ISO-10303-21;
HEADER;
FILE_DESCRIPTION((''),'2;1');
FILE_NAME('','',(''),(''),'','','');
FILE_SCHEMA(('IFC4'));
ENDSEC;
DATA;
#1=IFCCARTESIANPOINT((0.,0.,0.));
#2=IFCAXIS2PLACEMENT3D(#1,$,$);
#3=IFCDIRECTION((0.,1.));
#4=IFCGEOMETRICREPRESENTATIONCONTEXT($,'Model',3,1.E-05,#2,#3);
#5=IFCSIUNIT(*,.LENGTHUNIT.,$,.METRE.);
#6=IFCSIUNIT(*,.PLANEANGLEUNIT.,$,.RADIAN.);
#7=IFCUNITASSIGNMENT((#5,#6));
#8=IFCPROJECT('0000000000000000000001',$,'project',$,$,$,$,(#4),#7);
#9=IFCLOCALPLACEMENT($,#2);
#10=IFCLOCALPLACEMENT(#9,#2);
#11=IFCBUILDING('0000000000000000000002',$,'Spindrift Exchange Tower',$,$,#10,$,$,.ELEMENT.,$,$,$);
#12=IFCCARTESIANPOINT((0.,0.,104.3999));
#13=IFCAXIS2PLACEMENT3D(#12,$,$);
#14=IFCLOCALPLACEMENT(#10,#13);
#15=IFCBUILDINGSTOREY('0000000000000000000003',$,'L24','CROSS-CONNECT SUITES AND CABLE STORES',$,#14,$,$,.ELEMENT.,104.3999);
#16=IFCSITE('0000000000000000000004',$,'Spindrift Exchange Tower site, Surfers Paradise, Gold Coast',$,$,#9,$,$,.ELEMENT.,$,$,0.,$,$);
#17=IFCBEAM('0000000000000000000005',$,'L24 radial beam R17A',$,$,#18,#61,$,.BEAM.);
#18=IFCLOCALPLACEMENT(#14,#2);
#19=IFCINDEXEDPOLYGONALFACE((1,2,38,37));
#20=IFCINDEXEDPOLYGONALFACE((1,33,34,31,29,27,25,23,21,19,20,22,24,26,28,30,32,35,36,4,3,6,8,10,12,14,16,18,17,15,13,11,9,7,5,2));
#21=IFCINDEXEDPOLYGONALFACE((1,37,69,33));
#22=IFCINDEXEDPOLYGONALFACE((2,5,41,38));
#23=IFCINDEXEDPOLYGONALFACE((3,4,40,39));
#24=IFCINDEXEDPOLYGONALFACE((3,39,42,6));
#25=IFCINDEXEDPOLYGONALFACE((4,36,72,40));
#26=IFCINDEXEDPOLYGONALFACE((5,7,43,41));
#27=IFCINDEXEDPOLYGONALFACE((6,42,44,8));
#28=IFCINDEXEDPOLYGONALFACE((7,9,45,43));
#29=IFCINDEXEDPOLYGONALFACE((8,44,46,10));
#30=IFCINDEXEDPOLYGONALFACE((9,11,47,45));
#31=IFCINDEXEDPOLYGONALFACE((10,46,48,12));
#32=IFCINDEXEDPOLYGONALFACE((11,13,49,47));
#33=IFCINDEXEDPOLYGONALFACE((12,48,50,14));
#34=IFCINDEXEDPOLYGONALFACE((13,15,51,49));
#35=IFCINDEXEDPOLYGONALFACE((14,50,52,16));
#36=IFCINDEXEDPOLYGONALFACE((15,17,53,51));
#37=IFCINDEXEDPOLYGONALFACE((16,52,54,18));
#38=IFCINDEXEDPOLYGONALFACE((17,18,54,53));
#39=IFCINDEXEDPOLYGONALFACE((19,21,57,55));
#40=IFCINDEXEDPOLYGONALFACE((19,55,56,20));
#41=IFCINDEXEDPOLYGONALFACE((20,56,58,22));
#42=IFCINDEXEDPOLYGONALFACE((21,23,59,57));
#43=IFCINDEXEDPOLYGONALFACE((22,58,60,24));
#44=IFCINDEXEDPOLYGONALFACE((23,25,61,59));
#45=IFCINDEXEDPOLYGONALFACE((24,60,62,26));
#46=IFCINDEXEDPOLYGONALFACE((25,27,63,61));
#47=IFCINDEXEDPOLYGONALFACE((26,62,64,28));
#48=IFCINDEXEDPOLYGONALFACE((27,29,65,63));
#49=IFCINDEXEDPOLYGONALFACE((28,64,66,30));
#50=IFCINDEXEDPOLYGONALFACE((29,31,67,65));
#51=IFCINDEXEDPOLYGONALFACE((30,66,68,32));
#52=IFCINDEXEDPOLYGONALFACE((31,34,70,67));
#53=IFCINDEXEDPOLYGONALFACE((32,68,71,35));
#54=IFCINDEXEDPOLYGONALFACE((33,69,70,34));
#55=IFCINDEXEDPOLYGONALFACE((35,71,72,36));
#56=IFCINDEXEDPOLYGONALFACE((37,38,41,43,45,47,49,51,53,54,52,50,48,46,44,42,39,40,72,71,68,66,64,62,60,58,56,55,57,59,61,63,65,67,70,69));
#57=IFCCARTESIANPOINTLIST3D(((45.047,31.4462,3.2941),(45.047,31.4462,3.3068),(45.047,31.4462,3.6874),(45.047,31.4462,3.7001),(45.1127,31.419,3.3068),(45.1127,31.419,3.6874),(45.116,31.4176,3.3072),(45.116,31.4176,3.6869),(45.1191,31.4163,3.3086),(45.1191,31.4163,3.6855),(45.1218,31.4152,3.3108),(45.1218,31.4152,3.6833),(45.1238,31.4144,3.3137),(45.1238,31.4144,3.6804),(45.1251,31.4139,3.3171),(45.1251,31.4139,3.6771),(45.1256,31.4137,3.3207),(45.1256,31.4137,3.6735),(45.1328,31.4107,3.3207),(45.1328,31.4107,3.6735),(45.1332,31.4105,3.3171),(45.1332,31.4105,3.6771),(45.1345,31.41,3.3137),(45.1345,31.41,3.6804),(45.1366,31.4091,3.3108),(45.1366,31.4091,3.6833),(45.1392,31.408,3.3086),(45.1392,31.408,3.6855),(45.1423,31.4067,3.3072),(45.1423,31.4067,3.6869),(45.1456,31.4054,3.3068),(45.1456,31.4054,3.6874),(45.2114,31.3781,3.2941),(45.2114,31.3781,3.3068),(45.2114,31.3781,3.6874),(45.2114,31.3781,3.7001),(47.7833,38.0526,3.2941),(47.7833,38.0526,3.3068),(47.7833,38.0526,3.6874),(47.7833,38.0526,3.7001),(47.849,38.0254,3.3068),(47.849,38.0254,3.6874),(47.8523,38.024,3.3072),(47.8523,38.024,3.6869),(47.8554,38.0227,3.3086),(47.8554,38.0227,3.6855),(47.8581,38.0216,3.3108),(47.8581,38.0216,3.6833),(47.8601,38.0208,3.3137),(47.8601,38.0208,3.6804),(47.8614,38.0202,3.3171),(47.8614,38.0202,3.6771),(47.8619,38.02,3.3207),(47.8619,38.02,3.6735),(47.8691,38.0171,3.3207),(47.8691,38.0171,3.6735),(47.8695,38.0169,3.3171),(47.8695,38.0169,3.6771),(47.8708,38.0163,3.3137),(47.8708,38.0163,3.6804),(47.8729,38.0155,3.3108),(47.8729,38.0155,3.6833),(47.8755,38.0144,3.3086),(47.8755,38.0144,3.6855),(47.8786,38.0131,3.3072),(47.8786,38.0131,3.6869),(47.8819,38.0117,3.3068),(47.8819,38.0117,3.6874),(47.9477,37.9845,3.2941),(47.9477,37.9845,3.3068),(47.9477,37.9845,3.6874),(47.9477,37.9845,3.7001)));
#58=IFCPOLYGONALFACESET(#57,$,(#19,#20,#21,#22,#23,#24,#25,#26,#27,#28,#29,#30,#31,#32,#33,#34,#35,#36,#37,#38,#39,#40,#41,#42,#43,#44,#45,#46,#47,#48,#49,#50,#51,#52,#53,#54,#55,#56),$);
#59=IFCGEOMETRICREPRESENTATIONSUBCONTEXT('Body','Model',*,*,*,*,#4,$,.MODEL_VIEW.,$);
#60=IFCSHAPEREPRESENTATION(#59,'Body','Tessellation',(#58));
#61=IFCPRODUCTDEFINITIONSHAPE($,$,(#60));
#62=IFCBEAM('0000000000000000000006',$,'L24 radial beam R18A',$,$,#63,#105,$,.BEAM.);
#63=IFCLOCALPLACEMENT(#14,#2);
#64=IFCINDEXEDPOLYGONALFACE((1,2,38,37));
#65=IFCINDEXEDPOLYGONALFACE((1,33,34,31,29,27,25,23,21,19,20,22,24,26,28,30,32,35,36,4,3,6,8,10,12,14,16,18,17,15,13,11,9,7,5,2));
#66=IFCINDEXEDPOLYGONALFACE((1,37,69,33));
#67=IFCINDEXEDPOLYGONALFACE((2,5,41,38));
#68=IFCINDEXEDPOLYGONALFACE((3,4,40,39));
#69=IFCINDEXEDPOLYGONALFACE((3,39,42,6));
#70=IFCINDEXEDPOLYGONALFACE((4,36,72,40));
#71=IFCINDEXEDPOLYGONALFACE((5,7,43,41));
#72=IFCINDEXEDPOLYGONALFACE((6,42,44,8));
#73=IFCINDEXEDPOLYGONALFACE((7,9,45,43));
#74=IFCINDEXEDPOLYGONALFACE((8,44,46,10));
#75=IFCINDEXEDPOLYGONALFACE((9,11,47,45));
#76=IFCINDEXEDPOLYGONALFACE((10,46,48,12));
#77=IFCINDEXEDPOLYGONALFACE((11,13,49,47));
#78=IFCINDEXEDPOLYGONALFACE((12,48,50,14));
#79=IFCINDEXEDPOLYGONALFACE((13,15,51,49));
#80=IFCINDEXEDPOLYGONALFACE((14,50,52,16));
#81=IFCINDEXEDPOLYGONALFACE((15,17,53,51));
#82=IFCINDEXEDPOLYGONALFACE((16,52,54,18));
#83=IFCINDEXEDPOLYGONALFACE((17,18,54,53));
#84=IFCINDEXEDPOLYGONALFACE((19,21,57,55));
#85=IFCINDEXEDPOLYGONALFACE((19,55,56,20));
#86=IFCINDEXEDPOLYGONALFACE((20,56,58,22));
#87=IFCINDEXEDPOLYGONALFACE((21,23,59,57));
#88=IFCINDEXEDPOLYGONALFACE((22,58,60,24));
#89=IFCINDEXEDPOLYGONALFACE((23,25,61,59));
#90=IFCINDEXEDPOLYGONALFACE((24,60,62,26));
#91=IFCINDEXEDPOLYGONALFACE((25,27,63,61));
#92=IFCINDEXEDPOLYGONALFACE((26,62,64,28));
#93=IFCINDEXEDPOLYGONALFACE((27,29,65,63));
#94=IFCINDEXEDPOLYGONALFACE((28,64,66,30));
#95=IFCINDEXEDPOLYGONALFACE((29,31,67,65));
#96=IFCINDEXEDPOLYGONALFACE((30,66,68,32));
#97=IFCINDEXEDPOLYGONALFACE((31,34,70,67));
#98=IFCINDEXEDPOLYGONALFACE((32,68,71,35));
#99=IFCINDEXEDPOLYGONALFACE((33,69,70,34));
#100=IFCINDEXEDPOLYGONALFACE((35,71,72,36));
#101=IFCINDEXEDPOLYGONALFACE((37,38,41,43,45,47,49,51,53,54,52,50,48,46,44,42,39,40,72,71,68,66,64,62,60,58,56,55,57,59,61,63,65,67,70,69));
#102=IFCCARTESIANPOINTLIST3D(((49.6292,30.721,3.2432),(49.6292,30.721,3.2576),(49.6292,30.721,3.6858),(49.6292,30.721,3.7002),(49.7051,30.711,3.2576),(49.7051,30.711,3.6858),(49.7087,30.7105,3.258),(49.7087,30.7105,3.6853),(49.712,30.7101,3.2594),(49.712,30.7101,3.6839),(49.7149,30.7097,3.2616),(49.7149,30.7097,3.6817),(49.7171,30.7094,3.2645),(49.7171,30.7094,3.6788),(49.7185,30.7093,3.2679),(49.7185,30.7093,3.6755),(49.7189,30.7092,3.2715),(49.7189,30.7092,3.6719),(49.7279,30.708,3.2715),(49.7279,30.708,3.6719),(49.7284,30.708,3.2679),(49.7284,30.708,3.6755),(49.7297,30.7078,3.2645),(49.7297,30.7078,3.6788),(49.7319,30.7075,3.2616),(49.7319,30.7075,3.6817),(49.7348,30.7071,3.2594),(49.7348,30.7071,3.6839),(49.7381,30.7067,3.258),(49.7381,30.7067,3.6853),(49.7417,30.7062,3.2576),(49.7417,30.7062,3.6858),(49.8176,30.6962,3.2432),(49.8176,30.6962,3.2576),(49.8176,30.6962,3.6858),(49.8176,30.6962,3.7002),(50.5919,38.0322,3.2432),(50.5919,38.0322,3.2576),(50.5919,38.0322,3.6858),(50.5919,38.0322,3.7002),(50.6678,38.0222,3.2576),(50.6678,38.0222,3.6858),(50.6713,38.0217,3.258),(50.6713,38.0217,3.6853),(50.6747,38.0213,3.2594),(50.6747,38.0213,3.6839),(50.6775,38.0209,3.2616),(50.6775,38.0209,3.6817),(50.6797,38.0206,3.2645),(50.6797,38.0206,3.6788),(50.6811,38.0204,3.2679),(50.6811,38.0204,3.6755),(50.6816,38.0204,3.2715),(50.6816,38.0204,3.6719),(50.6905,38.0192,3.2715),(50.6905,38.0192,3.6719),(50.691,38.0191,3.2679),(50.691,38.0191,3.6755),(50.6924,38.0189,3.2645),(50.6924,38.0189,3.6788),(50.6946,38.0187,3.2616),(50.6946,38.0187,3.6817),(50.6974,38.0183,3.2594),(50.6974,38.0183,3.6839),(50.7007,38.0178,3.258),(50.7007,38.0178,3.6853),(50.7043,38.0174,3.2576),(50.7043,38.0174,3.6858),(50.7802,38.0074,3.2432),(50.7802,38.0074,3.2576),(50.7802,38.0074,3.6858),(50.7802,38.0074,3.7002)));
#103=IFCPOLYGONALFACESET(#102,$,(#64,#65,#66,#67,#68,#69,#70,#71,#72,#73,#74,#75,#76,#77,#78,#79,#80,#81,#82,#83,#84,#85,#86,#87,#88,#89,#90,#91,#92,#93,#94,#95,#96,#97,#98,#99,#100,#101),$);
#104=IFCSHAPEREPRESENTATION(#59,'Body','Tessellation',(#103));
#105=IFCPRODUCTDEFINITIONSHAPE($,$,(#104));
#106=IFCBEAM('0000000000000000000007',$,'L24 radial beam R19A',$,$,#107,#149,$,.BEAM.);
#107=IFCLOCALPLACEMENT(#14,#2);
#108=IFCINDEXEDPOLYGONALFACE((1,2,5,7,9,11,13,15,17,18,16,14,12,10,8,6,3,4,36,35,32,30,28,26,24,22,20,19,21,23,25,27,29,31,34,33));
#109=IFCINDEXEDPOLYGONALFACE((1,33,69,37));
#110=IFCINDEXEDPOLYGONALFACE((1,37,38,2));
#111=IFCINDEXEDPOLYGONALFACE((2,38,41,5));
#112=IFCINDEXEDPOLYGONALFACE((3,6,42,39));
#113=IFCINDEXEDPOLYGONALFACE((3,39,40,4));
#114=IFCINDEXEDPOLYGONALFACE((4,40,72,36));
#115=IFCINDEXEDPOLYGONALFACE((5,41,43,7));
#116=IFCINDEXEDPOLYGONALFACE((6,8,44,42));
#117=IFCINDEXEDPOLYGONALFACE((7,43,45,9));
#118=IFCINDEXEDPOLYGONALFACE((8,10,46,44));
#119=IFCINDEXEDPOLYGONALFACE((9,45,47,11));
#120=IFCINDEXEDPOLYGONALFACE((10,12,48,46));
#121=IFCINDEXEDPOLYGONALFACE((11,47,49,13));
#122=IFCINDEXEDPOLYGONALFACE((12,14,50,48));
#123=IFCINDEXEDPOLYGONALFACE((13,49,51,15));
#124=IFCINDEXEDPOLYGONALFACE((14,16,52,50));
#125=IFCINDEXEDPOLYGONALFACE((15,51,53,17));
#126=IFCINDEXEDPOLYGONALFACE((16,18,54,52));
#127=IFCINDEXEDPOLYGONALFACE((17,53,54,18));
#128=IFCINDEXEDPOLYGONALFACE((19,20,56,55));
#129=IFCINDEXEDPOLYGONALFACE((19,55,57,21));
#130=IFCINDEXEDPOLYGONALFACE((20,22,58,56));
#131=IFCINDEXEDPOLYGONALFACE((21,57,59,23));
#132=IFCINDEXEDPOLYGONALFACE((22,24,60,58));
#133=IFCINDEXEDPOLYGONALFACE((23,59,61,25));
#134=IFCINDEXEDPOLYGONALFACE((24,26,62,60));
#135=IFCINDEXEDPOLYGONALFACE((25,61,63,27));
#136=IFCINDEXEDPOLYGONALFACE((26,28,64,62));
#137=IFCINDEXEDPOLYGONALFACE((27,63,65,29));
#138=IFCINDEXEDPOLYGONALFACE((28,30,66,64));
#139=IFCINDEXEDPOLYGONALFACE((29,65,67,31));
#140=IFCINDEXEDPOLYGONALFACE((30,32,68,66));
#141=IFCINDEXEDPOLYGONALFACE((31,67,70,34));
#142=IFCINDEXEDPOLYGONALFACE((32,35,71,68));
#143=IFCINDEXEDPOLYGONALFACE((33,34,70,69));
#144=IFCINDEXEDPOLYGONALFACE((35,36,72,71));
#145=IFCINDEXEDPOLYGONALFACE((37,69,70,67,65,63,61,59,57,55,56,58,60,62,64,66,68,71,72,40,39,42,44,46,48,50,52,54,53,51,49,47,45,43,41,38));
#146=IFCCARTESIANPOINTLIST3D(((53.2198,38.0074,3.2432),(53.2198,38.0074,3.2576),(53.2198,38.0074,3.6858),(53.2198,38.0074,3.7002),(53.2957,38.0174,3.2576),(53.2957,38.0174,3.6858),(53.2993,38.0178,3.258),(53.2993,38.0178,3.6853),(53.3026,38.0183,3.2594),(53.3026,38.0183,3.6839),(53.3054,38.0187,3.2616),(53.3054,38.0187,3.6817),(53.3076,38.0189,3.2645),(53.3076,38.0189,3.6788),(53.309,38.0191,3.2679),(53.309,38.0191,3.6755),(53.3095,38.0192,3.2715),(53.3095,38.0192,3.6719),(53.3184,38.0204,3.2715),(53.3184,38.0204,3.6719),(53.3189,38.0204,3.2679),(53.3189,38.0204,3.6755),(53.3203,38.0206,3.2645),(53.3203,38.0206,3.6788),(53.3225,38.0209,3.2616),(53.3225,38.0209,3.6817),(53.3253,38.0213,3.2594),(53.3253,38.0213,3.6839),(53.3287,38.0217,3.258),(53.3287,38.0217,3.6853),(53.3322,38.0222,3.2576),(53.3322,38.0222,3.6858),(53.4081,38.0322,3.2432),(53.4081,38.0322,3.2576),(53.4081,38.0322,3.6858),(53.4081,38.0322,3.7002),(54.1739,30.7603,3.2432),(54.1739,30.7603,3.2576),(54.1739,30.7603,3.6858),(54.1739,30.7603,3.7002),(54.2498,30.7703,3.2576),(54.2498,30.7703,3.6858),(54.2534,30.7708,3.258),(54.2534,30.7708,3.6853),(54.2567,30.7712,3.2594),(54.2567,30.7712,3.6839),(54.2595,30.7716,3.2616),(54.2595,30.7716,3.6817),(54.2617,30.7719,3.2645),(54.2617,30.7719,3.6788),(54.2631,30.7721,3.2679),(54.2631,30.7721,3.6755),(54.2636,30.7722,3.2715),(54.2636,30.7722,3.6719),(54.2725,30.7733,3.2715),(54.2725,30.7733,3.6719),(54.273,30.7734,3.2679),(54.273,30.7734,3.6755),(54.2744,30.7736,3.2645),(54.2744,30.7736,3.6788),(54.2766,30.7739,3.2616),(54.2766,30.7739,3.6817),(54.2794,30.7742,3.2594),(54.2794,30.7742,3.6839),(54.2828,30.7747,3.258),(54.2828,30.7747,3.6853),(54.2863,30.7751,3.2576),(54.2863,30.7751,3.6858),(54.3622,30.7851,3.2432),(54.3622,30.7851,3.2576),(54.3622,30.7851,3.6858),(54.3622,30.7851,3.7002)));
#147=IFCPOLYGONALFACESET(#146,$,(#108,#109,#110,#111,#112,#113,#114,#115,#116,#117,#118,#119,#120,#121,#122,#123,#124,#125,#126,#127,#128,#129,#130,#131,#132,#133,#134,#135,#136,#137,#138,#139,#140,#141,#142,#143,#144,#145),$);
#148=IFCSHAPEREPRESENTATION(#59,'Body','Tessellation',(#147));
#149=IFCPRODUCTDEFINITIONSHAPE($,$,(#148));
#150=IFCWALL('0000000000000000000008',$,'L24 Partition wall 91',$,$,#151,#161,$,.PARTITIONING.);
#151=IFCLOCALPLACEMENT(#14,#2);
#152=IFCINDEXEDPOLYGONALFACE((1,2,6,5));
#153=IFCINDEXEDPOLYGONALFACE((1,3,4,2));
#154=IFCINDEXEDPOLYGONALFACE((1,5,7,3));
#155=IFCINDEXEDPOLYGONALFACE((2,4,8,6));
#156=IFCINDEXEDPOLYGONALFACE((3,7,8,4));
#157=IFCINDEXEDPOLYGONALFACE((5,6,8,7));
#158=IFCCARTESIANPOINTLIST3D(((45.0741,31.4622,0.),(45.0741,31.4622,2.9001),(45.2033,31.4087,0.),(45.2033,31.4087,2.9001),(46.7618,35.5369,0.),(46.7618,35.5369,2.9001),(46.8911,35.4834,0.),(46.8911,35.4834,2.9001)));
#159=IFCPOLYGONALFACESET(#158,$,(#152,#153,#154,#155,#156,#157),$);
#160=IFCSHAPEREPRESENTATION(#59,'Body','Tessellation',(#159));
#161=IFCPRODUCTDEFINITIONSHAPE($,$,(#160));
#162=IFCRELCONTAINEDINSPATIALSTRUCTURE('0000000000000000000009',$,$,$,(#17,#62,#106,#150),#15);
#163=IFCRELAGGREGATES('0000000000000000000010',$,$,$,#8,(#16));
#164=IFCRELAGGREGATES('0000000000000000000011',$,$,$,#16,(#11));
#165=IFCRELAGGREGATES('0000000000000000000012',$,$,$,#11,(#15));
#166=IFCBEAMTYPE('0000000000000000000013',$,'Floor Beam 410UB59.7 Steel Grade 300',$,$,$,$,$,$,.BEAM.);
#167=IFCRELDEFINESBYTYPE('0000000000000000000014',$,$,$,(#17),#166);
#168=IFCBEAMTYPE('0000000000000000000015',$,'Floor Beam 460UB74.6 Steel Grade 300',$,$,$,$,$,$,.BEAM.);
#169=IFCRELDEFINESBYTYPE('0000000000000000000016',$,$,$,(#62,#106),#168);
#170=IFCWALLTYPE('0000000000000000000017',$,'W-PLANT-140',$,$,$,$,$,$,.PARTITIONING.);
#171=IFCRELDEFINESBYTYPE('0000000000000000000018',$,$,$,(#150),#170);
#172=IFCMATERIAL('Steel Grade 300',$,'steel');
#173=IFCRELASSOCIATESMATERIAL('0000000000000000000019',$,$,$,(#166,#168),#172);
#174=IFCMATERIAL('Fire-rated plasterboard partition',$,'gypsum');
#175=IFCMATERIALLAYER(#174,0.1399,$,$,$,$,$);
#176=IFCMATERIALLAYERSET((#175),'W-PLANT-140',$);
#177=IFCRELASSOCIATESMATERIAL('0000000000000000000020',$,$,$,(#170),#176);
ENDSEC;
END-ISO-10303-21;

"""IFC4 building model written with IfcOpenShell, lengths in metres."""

from ifc_helpers import new_model, si_unit, direction, frame, frame_2d, origin, origin_2d, place, context, subcontext, project, spatial, rectangle, i_section, extrude, source, transform, mapped, material, layer, layer_set, material_profile, profile_set, type_object, element, save


model = new_model("IFC4")

# Units and contexts
model_context = context("Model", 3, precision=1e-05, world=origin(), true_north=direction((0.0, 1.0)))
body_context = subcontext(model_context, "Body", "Model", "MODEL_VIEW")
ifc_project = project(units=[si_unit("LENGTHUNIT", "METRE"), si_unit("PLANEANGLEUNIT", "RADIAN")], contexts=[model_context])

# Site, building, storey
site_placement = place(None, origin())
site = spatial("IfcSite", under=ifc_project, at=site_placement, Name="Spindrift Exchange Tower site, Surfers Paradise, Gold Coast", CompositionType="ELEMENT", RefElevation=0.0)
building_placement = place(site_placement, origin())
building = spatial("IfcBuilding", under=site, at=building_placement, Name="Spindrift Exchange Tower", CompositionType="ELEMENT")
storey_placement = place(building_placement, frame((0.0, 0.0, 104.3999)))
storey = spatial("IfcBuildingStorey", under=building, at=storey_placement, Name="L24", Description="CROSS-CONNECT SUITES AND CABLE STORES", CompositionType="ELEMENT", Elevation=104.3999)

# Beams
ifc_material_1 = material(Name="Steel Grade 300", Category="steel")
ifc_material_profile_1 = material_profile(ifc_material_1, i_section(OverallWidth=0.178, OverallDepth=0.406, WebThickness=0.0078, FlangeThickness=0.0127, FilletRadius=0.0139, at=origin_2d()), Name="410UB59.7")
ifc_profile_set_1 = profile_set([ifc_material_profile_1], Name="Steel Grade 300")
beam_type_1 = type_object("IfcBeamType", Name="Floor Beam 410UB59.7 Steel Grade 300", PredefinedType="BEAM", material=ifc_profile_set_1)
shared_shape_1 = source(origin(), body_context, "Body", "SweptSolid", [
    extrude(i_section(OverallWidth=0.178, OverallDepth=0.406, WebThickness=0.0078, FlangeThickness=0.0127, FilletRadius=0.0139, at=origin_2d()), origin(), (0.0, 0.0, 1.0), 7.1506),
])
beam_1_placement = place(storey_placement, frame((47.8655, 38.0186, 3.4971), z_axis=(-0.382665, -0.923887, 0.0), x_axis=(0.923887, -0.382665, 0.0)))
element("IfcBeam", 1, at=beam_1_placement, inside=storey, type_object=beam_type_1, Name="L24 radial beam R17A", PredefinedType="BEAM", context=body_context, shape_type="MappedRepresentation", body=[
    mapped(shared_shape_1, transform((0.0, 0.0, 0.0), scale=1.0)),
])
ifc_material_profile_2 = material_profile(ifc_material_1, i_section(OverallWidth=0.1899, OverallDepth=0.457, WebThickness=0.009, FlangeThickness=0.0144, FilletRadius=0.0139, at=origin_2d()), Name="460UB74.6")
ifc_profile_set_2 = profile_set([ifc_material_profile_2], Name="Steel Grade 300")
beam_type_2 = type_object("IfcBeamType", Name="Floor Beam 460UB74.6 Steel Grade 300", PredefinedType="BEAM", material=ifc_profile_set_2)
shared_shape_2 = source(origin(), body_context, "Body", "SweptSolid", [
    extrude(i_section(OverallWidth=0.1899, OverallDepth=0.457, WebThickness=0.009, FlangeThickness=0.0144, FilletRadius=0.0139, at=origin_2d()), origin(), (0.0, 0.0, 1.0), 7.3743),
])
beam_2_placement = place(storey_placement, frame((50.686, 38.0198, 3.4717), z_axis=(-0.130539, -0.991443, 0.0), x_axis=(0.991443, -0.130539, 0.0)))
element("IfcBeam", 2, at=beam_2_placement, inside=storey, type_object=beam_type_2, Name="L24 radial beam R18A", PredefinedType="BEAM", context=body_context, shape_type="MappedRepresentation", body=[
    mapped(shared_shape_2, transform((0.0, 0.0, 0.0), scale=1.0)),
])
shared_shape_3 = source(origin(), body_context, "Body", "SweptSolid", [
    extrude(i_section(OverallWidth=0.1899, OverallDepth=0.457, WebThickness=0.009, FlangeThickness=0.0144, FilletRadius=0.0139, at=origin_2d()), origin(), (0.0, 0.0, 1.0), 7.3096),
])
beam_3_placement = place(storey_placement, frame((53.314, 38.0198, 3.4717), z_axis=(0.130527, -0.991445, 0.0), x_axis=(0.991445, 0.130527, 0.0)))
element("IfcBeam", 3, at=beam_3_placement, inside=storey, type_object=beam_type_2, Name="L24 radial beam R19A", PredefinedType="BEAM", context=body_context, shape_type="MappedRepresentation", body=[
    mapped(shared_shape_3, transform((0.0, 0.0, 0.0), scale=1.0)),
])

# Wall
ifc_material_2 = material(Name="Fire-rated plasterboard partition", Category="gypsum")
ifc_layer_1 = layer(ifc_material_2, 0.1399)
ifc_layer_set_1 = layer_set([ifc_layer_1], Name="W-PLANT-140")
wall_type_1 = type_object("IfcWallType", Name="W-PLANT-140", PredefinedType="PARTITIONING", material=ifc_layer_set_1)
wall_1_placement = place(storey_placement, frame((46.8264, 35.51, 0.0), z_axis=(0.0, 0.0, 1.0), x_axis=(-0.382673, -0.923884, 0.0)))
element("IfcWall", 4, at=wall_1_placement, inside=storey, type_object=wall_type_1, Name="L24 Partition wall 91", PredefinedType="PARTITIONING", context=body_context, shape_type="SweptSolid", body=[
    extrude(rectangle(XDim=4.4104, YDim=0.1399, at=frame_2d((2.2051, 0.0))), origin(), (0.0, 0.0, 1.0), 2.9001),
])

save(model, "model.ifc")
